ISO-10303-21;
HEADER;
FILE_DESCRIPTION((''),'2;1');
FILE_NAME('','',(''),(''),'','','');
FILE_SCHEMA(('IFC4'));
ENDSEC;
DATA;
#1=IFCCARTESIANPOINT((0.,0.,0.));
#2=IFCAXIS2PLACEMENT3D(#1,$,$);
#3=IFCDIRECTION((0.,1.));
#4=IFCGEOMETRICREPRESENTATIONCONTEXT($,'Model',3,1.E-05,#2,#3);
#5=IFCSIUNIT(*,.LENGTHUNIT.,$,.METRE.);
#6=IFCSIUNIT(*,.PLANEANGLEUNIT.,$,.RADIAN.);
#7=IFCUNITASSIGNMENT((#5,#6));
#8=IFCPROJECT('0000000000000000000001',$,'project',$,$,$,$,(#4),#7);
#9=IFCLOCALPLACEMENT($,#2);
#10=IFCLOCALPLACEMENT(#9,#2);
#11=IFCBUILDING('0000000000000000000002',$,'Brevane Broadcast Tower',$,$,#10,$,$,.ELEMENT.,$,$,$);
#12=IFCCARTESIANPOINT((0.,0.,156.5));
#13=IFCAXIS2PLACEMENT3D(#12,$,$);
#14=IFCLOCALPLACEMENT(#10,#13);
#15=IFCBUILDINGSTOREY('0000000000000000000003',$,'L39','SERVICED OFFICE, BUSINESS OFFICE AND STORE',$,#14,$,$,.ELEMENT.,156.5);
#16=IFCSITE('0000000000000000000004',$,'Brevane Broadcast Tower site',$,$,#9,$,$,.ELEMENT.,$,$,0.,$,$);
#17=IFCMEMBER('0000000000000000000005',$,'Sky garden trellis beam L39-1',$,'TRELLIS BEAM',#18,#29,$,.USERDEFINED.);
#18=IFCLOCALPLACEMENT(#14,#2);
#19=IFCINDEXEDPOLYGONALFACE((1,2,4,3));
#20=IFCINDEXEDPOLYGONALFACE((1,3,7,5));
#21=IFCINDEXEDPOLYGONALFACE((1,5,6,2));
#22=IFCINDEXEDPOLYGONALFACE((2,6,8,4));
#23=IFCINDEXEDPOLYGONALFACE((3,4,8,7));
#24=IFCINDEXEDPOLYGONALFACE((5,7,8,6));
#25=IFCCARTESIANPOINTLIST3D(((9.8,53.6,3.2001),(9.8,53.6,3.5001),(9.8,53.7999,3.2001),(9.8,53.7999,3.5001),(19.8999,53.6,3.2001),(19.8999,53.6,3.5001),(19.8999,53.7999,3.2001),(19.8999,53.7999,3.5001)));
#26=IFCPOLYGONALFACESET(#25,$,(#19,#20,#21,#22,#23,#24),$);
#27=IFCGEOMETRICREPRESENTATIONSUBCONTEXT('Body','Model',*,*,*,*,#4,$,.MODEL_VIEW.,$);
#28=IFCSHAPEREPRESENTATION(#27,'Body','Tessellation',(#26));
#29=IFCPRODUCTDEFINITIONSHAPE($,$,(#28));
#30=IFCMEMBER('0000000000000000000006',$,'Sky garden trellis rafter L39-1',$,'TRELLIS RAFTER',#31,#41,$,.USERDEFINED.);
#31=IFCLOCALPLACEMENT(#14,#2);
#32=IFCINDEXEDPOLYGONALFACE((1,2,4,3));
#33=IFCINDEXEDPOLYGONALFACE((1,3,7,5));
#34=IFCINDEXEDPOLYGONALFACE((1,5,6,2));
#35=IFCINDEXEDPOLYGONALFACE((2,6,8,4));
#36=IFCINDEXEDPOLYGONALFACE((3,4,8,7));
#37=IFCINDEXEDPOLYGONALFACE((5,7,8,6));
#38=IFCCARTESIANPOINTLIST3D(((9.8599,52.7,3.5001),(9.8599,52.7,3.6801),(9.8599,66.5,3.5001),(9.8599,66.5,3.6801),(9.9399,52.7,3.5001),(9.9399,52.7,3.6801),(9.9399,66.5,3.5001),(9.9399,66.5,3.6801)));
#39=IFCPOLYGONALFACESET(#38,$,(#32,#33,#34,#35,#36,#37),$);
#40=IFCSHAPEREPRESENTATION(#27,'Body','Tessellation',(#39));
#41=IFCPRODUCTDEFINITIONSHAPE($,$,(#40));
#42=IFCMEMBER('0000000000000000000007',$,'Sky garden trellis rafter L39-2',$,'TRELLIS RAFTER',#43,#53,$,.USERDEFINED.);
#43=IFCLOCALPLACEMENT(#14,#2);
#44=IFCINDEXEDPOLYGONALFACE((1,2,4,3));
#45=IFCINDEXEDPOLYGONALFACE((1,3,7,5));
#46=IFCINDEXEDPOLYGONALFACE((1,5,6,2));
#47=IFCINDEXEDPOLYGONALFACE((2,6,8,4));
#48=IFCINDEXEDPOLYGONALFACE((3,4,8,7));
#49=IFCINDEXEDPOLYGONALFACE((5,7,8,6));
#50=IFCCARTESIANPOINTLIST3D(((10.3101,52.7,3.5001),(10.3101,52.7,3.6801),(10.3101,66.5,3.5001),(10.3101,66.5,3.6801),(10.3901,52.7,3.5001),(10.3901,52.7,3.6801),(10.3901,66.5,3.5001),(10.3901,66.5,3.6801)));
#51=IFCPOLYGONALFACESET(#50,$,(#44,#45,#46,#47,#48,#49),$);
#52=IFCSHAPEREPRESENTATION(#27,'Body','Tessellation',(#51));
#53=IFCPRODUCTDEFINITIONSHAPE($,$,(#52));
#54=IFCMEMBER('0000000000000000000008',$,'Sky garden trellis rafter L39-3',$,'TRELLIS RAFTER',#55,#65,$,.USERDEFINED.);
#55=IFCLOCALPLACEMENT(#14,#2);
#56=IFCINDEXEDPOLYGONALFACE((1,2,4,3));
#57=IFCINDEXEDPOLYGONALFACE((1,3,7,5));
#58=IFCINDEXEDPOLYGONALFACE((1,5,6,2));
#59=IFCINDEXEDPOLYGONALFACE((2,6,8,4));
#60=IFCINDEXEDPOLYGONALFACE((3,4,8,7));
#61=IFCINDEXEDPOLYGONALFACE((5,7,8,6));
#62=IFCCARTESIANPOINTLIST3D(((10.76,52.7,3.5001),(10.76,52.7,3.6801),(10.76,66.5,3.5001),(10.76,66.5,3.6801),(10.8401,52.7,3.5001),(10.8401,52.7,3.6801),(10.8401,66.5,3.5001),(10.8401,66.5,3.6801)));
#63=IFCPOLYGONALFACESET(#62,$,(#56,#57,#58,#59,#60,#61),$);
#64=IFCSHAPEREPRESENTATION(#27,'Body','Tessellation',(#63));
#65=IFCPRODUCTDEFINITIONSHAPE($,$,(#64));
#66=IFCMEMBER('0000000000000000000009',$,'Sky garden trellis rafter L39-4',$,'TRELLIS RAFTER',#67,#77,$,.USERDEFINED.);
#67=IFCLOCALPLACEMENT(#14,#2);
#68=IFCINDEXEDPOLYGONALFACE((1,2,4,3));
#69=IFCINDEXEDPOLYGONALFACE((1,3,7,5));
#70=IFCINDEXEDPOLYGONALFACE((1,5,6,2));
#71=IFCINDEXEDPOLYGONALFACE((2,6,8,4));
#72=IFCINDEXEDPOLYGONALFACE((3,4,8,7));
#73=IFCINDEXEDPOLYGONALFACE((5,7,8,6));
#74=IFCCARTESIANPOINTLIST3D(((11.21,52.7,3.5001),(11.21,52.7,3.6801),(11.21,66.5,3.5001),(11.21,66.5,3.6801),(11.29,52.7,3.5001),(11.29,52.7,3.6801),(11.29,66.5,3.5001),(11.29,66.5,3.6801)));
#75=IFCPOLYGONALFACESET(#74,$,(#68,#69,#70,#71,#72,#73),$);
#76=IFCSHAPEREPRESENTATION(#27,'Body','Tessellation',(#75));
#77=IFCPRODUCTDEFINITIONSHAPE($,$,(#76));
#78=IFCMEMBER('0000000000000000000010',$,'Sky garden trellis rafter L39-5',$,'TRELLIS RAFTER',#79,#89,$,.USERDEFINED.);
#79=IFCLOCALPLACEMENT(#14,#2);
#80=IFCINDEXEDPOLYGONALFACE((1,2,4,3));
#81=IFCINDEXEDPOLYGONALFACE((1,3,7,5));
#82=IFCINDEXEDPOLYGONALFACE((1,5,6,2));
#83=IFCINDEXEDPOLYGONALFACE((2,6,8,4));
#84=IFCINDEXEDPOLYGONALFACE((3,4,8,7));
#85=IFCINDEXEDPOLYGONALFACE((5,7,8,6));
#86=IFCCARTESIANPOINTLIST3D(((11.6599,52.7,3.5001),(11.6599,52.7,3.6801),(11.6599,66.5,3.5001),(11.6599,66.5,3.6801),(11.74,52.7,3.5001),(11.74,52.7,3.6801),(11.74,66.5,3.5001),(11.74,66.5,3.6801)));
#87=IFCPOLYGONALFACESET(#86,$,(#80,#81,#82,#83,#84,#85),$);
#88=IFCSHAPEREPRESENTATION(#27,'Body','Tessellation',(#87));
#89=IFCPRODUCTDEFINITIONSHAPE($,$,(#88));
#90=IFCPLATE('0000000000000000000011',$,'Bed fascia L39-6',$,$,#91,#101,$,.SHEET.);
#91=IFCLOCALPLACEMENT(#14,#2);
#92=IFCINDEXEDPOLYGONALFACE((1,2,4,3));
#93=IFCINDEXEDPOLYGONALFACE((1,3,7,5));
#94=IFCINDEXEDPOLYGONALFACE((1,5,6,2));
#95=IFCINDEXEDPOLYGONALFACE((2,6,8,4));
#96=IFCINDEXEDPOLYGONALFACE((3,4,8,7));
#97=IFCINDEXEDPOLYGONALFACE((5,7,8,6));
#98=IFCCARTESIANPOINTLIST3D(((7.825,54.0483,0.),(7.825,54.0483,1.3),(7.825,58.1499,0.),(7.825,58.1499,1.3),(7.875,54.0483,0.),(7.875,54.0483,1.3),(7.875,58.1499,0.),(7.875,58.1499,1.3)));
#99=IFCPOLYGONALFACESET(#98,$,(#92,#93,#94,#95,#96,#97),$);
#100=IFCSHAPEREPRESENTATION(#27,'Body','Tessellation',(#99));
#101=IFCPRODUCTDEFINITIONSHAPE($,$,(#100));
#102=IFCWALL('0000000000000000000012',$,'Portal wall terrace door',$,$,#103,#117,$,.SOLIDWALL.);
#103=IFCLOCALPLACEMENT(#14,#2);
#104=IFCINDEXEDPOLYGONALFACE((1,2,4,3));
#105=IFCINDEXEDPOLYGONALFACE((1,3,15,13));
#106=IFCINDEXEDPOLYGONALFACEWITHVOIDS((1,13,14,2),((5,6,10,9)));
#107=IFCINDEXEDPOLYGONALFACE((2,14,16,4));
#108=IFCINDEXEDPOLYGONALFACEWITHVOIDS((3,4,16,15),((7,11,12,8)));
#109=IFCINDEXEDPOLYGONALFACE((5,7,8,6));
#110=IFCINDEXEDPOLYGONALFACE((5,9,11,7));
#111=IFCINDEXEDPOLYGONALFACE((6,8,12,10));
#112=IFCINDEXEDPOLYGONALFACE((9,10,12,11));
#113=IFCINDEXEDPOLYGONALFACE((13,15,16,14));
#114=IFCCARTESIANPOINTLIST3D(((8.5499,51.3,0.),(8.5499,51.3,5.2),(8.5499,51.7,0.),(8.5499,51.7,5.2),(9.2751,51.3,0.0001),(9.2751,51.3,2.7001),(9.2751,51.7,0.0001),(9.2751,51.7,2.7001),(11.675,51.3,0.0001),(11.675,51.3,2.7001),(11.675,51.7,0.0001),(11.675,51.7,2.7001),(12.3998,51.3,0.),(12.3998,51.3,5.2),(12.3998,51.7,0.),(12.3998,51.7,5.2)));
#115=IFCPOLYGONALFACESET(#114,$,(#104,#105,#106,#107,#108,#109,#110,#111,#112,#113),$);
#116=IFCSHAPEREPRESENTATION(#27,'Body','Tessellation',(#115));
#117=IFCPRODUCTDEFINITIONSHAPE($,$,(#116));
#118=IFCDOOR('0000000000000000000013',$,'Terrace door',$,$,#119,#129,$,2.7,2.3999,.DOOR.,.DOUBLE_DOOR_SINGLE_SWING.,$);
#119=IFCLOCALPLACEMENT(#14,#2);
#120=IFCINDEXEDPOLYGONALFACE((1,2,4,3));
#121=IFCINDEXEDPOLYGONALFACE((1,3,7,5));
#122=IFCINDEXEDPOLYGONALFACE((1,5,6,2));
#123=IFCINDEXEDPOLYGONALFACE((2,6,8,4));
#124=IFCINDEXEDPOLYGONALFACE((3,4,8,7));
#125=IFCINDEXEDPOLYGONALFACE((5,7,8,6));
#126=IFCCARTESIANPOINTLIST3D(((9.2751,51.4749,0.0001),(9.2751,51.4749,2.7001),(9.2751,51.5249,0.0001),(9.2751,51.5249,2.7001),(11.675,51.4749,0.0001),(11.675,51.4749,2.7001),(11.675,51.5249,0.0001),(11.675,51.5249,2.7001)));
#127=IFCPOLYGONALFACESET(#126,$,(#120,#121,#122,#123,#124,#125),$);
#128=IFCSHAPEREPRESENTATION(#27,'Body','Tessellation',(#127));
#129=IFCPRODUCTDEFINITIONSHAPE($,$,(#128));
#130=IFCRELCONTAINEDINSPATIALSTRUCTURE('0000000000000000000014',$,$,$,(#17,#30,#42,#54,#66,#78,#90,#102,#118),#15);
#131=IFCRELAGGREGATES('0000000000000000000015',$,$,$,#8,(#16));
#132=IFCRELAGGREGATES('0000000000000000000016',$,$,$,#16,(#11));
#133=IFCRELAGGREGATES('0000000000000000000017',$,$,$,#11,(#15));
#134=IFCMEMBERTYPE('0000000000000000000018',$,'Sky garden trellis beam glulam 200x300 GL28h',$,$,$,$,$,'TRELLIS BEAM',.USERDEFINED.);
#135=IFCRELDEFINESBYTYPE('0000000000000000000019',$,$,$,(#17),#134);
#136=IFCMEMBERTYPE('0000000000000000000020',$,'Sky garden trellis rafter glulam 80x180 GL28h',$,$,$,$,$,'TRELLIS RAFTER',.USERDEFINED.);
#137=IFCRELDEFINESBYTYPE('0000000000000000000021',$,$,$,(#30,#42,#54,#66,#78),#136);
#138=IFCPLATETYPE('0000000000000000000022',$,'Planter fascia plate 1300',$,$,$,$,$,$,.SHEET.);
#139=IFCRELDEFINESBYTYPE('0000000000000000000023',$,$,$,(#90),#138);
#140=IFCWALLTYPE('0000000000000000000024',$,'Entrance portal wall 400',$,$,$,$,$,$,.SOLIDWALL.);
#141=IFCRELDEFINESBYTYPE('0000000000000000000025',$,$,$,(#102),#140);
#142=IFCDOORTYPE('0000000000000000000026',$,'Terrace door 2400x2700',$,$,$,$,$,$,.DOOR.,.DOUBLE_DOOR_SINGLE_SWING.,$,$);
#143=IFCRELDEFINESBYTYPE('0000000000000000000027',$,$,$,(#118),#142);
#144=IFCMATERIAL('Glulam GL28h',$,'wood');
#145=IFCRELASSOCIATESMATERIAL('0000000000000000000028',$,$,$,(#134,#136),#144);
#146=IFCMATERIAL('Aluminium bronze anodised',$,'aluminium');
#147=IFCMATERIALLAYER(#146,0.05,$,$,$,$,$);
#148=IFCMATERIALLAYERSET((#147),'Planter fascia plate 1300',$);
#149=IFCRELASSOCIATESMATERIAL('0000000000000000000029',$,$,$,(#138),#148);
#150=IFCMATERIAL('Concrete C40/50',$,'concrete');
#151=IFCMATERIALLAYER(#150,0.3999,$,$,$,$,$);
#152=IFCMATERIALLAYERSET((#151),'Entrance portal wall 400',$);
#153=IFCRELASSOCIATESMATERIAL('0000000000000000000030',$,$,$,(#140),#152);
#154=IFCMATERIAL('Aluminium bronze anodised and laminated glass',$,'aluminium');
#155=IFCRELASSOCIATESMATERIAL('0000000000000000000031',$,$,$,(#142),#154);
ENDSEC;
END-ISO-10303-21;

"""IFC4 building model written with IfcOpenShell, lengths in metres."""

from ifc_helpers import new_model, si_unit, direction, frame, frame_2d, origin, origin_2d, place, context, subcontext, project, spatial, polyline, rectangle, outline, extrude, material, layer, layer_set, material_profile, profile_set, type_object, element, fill, save


model = new_model("IFC4")

# Units and contexts
model_context = context("Model", 3, precision=1e-05, world=origin(), true_north=direction((0.0, 1.0)))
body_context = subcontext(model_context, "Body", "Model", "MODEL_VIEW")
ifc_project = project(units=[si_unit("LENGTHUNIT", "METRE"), si_unit("PLANEANGLEUNIT", "RADIAN")], contexts=[model_context])

# Site, building, storey
site_placement = place(None, origin())
site = spatial("IfcSite", under=ifc_project, at=site_placement, Name="Brevane Broadcast Tower site", CompositionType="ELEMENT", RefElevation=0.0)
building_placement = place(site_placement, origin())
building = spatial("IfcBuilding", under=site, at=building_placement, Name="Brevane Broadcast Tower", CompositionType="ELEMENT")
storey_placement = place(building_placement, frame((0.0, 0.0, 156.5)))
storey = spatial("IfcBuildingStorey", under=building, at=storey_placement, Name="L39", Description="SERVICED OFFICE, BUSINESS OFFICE AND STORE", CompositionType="ELEMENT", Elevation=156.5)

# Shared definitions
ifc_material_1 = material(Name="Concrete C40/50", Category="concrete")

# Members
ifc_material_2 = material(Name="Glulam GL28h", Category="wood")
ifc_material_profile_1 = material_profile(ifc_material_2, rectangle(XDim=0.2, YDim=0.3, at=origin_2d()), Name="RECT 200x300")
ifc_profile_set_1 = profile_set([ifc_material_profile_1], Name="Glulam GL28h")
member_type_1 = type_object("IfcMemberType", Name="Sky garden trellis beam glulam 200x300 GL28h", ElementType="TRELLIS BEAM", PredefinedType="USERDEFINED", material=ifc_profile_set_1)
member_1_placement = place(storey_placement, frame((9.8, 53.7, 3.3501), z_axis=(1.0, 0.0, 0.0), x_axis=(0.0, 1.0, 0.0)))
element("IfcMember", 1, at=member_1_placement, inside=storey, type_object=member_type_1, Name="Sky garden trellis beam L39-1", ObjectType="TRELLIS BEAM", PredefinedType="USERDEFINED", context=body_context, shape_type="SweptSolid", body=[
    extrude(rectangle(XDim=0.2, YDim=0.3, at=origin_2d()), origin(), (0.0, 0.0, 1.0), 10.0999),
])
ifc_material_profile_2 = material_profile(ifc_material_2, rectangle(XDim=0.0801, YDim=0.1799, at=origin_2d()), Name="RECT 80x180")
ifc_profile_set_2 = profile_set([ifc_material_profile_2], Name="Glulam GL28h")
member_type_2 = type_object("IfcMemberType", Name="Sky garden trellis rafter glulam 80x180 GL28h", ElementType="TRELLIS RAFTER", PredefinedType="USERDEFINED", material=ifc_profile_set_2)
for number, where, z_axis, x_axis, name in (
    (2, (9.8999, 52.7, 3.5901), (0.0, 1.0, 0.0), (-1.0, 0.0, 0.0), "Sky garden trellis rafter L39-1"),
    (3, (10.3501, 52.7, 3.5901), (0.0, 1.0, 0.0), (-1.0, 0.0, 0.0), "Sky garden trellis rafter L39-2"),
    (4, (10.8, 52.7, 3.5901), (0.0, 1.0, 0.0), (-1.0, 0.0, 0.0), "Sky garden trellis rafter L39-3"),
    (5, (11.25, 52.7, 3.5901), (0.0, 1.0, 0.0), (-1.0, 0.0, 0.0), "Sky garden trellis rafter L39-4"),
    (6, (11.7, 52.7, 3.5901), (0.0, 1.0, 0.0), (-1.0, 0.0, 0.0), "Sky garden trellis rafter L39-5"),
):
    element("IfcMember", number, at=place(storey_placement, frame(where, z_axis=z_axis, x_axis=x_axis)), inside=storey, type_object=member_type_2, Name=name, ObjectType="TRELLIS RAFTER", PredefinedType="USERDEFINED", context=body_context, shape_type="SweptSolid", body=[
        extrude(rectangle(XDim=0.0801, YDim=0.1799, at=origin_2d()), origin(), (0.0, 0.0, 1.0), 13.8),
    ])

# Plate
ifc_material_3 = material(Name="Aluminium bronze anodised", Category="aluminium")
ifc_layer_1 = layer(ifc_material_3, 0.05)
ifc_layer_set_1 = layer_set([ifc_layer_1], Name="Planter fascia plate 1300")
plate_type = type_object("IfcPlateType", Name="Planter fascia plate 1300", PredefinedType="SHEET", material=ifc_layer_set_1)
plate_placement = place(storey_placement, frame((7.825, 58.1499, 0.0), z_axis=(-1.0, 0.0, 0.0), x_axis=(0.0, -1.0, 0.0)))
element("IfcPlate", 7, at=plate_placement, inside=storey, type_object=plate_type, Name="Bed fascia L39-6", PredefinedType="SHEET", context=body_context, shape_type="SweptSolid", body=[
    extrude(outline(polyline([(0.0, 0.0), (4.1016, 0.0), (4.1016, 1.3), (0.0, 1.3), (0.0, 0.0)])), origin(), (0.0, 0.0, -1.0), 0.05),
])

# Wall, opening, door
ifc_layer_2 = layer(ifc_material_1, 0.3999)
ifc_layer_set_2 = layer_set([ifc_layer_2], Name="Entrance portal wall 400")
wall_type = type_object("IfcWallType", Name="Entrance portal wall 400", PredefinedType="SOLIDWALL", material=ifc_layer_set_2)
wall_placement = place(storey_placement, frame((8.55, 51.5, 0.0), z_axis=(0.0, 0.0, 1.0), x_axis=(1.0, 0.0, 0.0)))
wall = element("IfcWall", 8, at=wall_placement, inside=storey, type_object=wall_type, Name="Portal wall terrace door", PredefinedType="SOLIDWALL", context=body_context, shape_type="SweptSolid", body=[
    extrude(rectangle(XDim=3.8499, YDim=0.3999, at=frame_2d((1.9248, 0.0))), origin(), (0.0, 0.0, 1.0), 5.2),
])
opening_placement = place(wall_placement, frame((0.7251, 0.0, 0.0)))
opening = element("IfcOpeningElement", 9, at=opening_placement, cuts=wall, PredefinedType="OPENING", context=body_context, shape_type="SweptSolid", body=[
    extrude(rectangle(XDim=2.3999, YDim=2.7, at=frame_2d((1.2, 1.3501))), frame((0.0, 0.21, 0.0), z_axis=(0.0, -1.0, 0.0), x_axis=(1.0, 0.0, 0.0)), (0.0, 0.0, 1.0), 0.4199),
])
ifc_material_4 = material(Name="Aluminium bronze anodised and laminated glass", Category="aluminium")
door_type = type_object("IfcDoorType", Name="Terrace door 2400x2700", OperationType="DOUBLE_DOOR_SINGLE_SWING", PredefinedType="DOOR", material=ifc_material_4)
door_placement = place(opening_placement, origin())
door = element("IfcDoor", 10, at=door_placement, inside=storey, type_object=door_type, Name="Terrace door", OperationType="DOUBLE_DOOR_SINGLE_SWING", OverallHeight=2.7, OverallWidth=2.3999, PredefinedType="DOOR", context=body_context, shape_type="SweptSolid", body=[
    extrude(rectangle(XDim=2.3999, YDim=2.7, at=frame_2d((1.2, 1.3501))), frame((0.0, 0.0249, 0.0), z_axis=(0.0, -1.0, 0.0), x_axis=(1.0, 0.0, 0.0)), (0.0, 0.0, 1.0), 0.05),
])
fill(opening, door)

save(model, "model.ifc")
